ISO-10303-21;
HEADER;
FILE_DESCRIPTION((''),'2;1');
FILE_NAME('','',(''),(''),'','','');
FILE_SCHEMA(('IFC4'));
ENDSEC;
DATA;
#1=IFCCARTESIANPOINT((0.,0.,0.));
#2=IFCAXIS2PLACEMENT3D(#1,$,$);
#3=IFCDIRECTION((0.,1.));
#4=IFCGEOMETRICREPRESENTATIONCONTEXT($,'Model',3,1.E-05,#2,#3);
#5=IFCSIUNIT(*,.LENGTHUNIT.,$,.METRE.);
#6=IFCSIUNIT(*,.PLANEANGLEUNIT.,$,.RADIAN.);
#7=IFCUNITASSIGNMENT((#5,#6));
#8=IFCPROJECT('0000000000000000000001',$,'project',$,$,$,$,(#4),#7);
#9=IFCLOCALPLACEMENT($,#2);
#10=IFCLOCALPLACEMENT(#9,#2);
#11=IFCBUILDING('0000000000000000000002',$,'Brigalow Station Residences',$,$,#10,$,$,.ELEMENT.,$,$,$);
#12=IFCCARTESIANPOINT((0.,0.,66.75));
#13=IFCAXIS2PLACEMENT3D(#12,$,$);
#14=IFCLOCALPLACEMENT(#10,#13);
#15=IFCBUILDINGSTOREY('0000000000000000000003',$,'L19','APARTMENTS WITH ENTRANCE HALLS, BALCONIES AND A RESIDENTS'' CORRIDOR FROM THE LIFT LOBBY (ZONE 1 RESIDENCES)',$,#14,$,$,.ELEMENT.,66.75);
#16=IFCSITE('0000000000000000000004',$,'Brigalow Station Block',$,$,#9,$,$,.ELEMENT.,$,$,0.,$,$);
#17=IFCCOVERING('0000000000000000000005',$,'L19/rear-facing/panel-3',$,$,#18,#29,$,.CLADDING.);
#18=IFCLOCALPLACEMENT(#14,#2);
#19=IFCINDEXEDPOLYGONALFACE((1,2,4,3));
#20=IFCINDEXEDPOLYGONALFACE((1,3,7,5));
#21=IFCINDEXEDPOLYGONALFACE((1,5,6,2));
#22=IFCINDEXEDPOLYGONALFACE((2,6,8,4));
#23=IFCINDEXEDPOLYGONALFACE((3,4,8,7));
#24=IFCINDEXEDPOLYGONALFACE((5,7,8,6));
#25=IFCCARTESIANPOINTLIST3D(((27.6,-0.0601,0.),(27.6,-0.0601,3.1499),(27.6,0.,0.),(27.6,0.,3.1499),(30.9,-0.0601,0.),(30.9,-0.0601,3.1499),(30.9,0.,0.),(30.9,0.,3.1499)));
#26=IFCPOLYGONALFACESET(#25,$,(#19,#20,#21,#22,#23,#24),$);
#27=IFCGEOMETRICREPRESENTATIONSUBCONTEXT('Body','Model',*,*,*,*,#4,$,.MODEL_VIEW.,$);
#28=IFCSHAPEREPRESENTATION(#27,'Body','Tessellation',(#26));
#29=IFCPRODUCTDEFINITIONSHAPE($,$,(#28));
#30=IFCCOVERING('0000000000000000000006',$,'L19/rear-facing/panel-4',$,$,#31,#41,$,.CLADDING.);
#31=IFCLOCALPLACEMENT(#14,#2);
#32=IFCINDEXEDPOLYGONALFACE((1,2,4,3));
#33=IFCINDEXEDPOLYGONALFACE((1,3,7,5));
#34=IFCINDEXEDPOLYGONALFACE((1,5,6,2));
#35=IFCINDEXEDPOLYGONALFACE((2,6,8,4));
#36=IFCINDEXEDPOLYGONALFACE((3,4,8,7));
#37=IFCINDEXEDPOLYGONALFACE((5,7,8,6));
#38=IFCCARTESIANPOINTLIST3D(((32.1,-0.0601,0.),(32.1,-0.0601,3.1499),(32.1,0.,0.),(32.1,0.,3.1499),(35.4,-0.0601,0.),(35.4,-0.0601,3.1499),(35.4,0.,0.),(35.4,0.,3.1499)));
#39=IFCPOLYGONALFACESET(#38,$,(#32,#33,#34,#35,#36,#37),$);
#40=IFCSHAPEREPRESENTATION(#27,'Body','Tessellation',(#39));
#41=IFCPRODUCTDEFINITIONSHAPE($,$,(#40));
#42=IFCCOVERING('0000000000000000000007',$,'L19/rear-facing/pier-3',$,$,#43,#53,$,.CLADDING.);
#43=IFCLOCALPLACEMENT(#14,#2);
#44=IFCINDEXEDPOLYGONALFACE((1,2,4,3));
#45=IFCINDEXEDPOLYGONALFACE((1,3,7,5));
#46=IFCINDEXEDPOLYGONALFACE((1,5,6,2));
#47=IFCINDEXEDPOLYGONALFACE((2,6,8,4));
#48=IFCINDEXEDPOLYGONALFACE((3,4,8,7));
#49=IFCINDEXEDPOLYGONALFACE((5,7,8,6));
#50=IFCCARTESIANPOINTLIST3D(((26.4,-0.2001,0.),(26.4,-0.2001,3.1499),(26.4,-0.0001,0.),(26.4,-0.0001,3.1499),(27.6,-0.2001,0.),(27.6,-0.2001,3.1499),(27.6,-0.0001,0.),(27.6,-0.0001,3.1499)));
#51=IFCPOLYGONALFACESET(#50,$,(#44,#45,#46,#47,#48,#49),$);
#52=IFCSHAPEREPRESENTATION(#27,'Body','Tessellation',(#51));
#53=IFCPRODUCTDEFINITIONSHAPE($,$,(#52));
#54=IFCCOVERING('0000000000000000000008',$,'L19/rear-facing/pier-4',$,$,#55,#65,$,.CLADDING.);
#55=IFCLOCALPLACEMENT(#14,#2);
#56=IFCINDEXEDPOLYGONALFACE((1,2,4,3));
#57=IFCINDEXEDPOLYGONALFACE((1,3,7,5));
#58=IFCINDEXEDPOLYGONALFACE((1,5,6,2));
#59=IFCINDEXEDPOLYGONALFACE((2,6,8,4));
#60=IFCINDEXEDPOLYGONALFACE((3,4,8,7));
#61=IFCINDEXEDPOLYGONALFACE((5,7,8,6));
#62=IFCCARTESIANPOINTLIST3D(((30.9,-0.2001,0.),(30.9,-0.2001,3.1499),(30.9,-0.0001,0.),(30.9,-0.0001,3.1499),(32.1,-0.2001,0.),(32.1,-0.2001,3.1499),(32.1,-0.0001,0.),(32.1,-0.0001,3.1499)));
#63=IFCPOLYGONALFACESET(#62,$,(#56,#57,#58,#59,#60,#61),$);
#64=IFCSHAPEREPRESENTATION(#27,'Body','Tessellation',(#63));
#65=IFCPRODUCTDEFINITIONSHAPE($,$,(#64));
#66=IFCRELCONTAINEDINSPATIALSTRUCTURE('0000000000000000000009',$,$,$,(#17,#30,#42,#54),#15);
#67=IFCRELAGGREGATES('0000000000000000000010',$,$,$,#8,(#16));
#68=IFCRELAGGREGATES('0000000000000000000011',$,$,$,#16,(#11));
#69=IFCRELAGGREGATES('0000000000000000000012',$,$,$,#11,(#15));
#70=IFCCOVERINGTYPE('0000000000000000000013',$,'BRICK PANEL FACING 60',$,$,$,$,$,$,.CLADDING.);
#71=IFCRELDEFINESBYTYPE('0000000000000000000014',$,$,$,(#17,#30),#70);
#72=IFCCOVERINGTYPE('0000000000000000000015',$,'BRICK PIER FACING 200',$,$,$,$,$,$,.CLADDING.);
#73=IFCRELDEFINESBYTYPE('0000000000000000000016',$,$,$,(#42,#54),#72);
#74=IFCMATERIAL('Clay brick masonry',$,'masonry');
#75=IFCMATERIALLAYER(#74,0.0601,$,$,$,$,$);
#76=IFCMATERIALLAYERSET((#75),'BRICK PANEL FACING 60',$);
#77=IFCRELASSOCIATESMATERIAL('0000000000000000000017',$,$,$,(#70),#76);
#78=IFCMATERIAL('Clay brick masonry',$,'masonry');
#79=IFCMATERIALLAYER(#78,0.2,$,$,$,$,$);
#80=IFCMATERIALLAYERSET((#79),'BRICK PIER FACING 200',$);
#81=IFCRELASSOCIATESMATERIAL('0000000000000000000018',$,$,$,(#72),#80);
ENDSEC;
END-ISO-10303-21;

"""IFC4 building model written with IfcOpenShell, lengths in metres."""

from ifc_helpers import new_model, si_unit, direction, frame, origin, origin_2d, place, context, subcontext, project, spatial, rectangle, extrude, material, layer, layer_set, type_object, element, save


model = new_model("IFC4")

# Units and contexts
model_context = context("Model", 3, precision=1e-05, world=origin(), true_north=direction((0.0, 1.0)))
body_context = subcontext(model_context, "Body", "Model", "MODEL_VIEW")
ifc_project = project(units=[si_unit("LENGTHUNIT", "METRE"), si_unit("PLANEANGLEUNIT", "RADIAN")], contexts=[model_context])

# Site, building, storey
site_placement = place(None, origin())
site = spatial("IfcSite", under=ifc_project, at=site_placement, Name="Brigalow Station Block", CompositionType="ELEMENT", RefElevation=0.0)
building_placement = place(site_placement, origin())
building = spatial("IfcBuilding", under=site, at=building_placement, Name="Brigalow Station Residences", CompositionType="ELEMENT")
storey_placement = place(building_placement, frame((0.0, 0.0, 66.75)))
storey = spatial("IfcBuildingStorey", under=building, at=storey_placement, Name="L19", Description="APARTMENTS WITH ENTRANCE HALLS, BALCONIES AND A RESIDENTS' CORRIDOR FROM THE LIFT LOBBY (ZONE 1 RESIDENCES)", CompositionType="ELEMENT", Elevation=66.75)

# Coverings
ifc_material_1 = material(Name="Clay brick masonry", Category="masonry")
ifc_layer_1 = layer(ifc_material_1, 0.0601)
ifc_layer_set_1 = layer_set([ifc_layer_1], Name="BRICK PANEL FACING 60")
covering_type_1 = type_object("IfcCoveringType", Name="BRICK PANEL FACING 60", PredefinedType="CLADDING", material=ifc_layer_set_1)
for number, where, z_axis, x_axis, name in (
    (1, (29.25, -0.03, 0.0), (0.0, 0.0, 1.0), (1.0, 0.0, 0.0), "L19/rear-facing/panel-3"),
    (2, (33.75, -0.03, 0.0), (0.0, 0.0, 1.0), (1.0, 0.0, 0.0), "L19/rear-facing/panel-4"),
):
    element("IfcCovering", number, at=place(storey_placement, frame(where, z_axis=z_axis, x_axis=x_axis)), inside=storey, type_object=covering_type_1, Name=name, PredefinedType="CLADDING", context=body_context, shape_type="SweptSolid", body=[
        extrude(rectangle(XDim=3.3, YDim=0.0601, at=origin_2d()), origin(), (0.0, 0.0, 1.0), 3.1499),
    ])
ifc_material_2 = material(Name="Clay brick masonry", Category="masonry")
ifc_layer_2 = layer(ifc_material_2, 0.2)
ifc_layer_set_2 = layer_set([ifc_layer_2], Name="BRICK PIER FACING 200")
covering_type_2 = type_object("IfcCoveringType", Name="BRICK PIER FACING 200", PredefinedType="CLADDING", material=ifc_layer_set_2)
for number, where, z_axis, x_axis, name in (
    (3, (27.0, -0.1001, 0.0), (0.0, 0.0, 1.0), (1.0, 0.0, 0.0), "L19/rear-facing/pier-3"),
    (4, (31.5, -0.1001, 0.0), (0.0, 0.0, 1.0), (1.0, 0.0, 0.0), "L19/rear-facing/pier-4"),
):
    element("IfcCovering", number, at=place(storey_placement, frame(where, z_axis=z_axis, x_axis=x_axis)), inside=storey, type_object=covering_type_2, Name=name, PredefinedType="CLADDING", context=body_context, shape_type="SweptSolid", body=[
        extrude(rectangle(XDim=1.2, YDim=0.2, at=origin_2d()), origin(), (0.0, 0.0, 1.0), 3.1499),
    ])

save(model, "model.ifc")
